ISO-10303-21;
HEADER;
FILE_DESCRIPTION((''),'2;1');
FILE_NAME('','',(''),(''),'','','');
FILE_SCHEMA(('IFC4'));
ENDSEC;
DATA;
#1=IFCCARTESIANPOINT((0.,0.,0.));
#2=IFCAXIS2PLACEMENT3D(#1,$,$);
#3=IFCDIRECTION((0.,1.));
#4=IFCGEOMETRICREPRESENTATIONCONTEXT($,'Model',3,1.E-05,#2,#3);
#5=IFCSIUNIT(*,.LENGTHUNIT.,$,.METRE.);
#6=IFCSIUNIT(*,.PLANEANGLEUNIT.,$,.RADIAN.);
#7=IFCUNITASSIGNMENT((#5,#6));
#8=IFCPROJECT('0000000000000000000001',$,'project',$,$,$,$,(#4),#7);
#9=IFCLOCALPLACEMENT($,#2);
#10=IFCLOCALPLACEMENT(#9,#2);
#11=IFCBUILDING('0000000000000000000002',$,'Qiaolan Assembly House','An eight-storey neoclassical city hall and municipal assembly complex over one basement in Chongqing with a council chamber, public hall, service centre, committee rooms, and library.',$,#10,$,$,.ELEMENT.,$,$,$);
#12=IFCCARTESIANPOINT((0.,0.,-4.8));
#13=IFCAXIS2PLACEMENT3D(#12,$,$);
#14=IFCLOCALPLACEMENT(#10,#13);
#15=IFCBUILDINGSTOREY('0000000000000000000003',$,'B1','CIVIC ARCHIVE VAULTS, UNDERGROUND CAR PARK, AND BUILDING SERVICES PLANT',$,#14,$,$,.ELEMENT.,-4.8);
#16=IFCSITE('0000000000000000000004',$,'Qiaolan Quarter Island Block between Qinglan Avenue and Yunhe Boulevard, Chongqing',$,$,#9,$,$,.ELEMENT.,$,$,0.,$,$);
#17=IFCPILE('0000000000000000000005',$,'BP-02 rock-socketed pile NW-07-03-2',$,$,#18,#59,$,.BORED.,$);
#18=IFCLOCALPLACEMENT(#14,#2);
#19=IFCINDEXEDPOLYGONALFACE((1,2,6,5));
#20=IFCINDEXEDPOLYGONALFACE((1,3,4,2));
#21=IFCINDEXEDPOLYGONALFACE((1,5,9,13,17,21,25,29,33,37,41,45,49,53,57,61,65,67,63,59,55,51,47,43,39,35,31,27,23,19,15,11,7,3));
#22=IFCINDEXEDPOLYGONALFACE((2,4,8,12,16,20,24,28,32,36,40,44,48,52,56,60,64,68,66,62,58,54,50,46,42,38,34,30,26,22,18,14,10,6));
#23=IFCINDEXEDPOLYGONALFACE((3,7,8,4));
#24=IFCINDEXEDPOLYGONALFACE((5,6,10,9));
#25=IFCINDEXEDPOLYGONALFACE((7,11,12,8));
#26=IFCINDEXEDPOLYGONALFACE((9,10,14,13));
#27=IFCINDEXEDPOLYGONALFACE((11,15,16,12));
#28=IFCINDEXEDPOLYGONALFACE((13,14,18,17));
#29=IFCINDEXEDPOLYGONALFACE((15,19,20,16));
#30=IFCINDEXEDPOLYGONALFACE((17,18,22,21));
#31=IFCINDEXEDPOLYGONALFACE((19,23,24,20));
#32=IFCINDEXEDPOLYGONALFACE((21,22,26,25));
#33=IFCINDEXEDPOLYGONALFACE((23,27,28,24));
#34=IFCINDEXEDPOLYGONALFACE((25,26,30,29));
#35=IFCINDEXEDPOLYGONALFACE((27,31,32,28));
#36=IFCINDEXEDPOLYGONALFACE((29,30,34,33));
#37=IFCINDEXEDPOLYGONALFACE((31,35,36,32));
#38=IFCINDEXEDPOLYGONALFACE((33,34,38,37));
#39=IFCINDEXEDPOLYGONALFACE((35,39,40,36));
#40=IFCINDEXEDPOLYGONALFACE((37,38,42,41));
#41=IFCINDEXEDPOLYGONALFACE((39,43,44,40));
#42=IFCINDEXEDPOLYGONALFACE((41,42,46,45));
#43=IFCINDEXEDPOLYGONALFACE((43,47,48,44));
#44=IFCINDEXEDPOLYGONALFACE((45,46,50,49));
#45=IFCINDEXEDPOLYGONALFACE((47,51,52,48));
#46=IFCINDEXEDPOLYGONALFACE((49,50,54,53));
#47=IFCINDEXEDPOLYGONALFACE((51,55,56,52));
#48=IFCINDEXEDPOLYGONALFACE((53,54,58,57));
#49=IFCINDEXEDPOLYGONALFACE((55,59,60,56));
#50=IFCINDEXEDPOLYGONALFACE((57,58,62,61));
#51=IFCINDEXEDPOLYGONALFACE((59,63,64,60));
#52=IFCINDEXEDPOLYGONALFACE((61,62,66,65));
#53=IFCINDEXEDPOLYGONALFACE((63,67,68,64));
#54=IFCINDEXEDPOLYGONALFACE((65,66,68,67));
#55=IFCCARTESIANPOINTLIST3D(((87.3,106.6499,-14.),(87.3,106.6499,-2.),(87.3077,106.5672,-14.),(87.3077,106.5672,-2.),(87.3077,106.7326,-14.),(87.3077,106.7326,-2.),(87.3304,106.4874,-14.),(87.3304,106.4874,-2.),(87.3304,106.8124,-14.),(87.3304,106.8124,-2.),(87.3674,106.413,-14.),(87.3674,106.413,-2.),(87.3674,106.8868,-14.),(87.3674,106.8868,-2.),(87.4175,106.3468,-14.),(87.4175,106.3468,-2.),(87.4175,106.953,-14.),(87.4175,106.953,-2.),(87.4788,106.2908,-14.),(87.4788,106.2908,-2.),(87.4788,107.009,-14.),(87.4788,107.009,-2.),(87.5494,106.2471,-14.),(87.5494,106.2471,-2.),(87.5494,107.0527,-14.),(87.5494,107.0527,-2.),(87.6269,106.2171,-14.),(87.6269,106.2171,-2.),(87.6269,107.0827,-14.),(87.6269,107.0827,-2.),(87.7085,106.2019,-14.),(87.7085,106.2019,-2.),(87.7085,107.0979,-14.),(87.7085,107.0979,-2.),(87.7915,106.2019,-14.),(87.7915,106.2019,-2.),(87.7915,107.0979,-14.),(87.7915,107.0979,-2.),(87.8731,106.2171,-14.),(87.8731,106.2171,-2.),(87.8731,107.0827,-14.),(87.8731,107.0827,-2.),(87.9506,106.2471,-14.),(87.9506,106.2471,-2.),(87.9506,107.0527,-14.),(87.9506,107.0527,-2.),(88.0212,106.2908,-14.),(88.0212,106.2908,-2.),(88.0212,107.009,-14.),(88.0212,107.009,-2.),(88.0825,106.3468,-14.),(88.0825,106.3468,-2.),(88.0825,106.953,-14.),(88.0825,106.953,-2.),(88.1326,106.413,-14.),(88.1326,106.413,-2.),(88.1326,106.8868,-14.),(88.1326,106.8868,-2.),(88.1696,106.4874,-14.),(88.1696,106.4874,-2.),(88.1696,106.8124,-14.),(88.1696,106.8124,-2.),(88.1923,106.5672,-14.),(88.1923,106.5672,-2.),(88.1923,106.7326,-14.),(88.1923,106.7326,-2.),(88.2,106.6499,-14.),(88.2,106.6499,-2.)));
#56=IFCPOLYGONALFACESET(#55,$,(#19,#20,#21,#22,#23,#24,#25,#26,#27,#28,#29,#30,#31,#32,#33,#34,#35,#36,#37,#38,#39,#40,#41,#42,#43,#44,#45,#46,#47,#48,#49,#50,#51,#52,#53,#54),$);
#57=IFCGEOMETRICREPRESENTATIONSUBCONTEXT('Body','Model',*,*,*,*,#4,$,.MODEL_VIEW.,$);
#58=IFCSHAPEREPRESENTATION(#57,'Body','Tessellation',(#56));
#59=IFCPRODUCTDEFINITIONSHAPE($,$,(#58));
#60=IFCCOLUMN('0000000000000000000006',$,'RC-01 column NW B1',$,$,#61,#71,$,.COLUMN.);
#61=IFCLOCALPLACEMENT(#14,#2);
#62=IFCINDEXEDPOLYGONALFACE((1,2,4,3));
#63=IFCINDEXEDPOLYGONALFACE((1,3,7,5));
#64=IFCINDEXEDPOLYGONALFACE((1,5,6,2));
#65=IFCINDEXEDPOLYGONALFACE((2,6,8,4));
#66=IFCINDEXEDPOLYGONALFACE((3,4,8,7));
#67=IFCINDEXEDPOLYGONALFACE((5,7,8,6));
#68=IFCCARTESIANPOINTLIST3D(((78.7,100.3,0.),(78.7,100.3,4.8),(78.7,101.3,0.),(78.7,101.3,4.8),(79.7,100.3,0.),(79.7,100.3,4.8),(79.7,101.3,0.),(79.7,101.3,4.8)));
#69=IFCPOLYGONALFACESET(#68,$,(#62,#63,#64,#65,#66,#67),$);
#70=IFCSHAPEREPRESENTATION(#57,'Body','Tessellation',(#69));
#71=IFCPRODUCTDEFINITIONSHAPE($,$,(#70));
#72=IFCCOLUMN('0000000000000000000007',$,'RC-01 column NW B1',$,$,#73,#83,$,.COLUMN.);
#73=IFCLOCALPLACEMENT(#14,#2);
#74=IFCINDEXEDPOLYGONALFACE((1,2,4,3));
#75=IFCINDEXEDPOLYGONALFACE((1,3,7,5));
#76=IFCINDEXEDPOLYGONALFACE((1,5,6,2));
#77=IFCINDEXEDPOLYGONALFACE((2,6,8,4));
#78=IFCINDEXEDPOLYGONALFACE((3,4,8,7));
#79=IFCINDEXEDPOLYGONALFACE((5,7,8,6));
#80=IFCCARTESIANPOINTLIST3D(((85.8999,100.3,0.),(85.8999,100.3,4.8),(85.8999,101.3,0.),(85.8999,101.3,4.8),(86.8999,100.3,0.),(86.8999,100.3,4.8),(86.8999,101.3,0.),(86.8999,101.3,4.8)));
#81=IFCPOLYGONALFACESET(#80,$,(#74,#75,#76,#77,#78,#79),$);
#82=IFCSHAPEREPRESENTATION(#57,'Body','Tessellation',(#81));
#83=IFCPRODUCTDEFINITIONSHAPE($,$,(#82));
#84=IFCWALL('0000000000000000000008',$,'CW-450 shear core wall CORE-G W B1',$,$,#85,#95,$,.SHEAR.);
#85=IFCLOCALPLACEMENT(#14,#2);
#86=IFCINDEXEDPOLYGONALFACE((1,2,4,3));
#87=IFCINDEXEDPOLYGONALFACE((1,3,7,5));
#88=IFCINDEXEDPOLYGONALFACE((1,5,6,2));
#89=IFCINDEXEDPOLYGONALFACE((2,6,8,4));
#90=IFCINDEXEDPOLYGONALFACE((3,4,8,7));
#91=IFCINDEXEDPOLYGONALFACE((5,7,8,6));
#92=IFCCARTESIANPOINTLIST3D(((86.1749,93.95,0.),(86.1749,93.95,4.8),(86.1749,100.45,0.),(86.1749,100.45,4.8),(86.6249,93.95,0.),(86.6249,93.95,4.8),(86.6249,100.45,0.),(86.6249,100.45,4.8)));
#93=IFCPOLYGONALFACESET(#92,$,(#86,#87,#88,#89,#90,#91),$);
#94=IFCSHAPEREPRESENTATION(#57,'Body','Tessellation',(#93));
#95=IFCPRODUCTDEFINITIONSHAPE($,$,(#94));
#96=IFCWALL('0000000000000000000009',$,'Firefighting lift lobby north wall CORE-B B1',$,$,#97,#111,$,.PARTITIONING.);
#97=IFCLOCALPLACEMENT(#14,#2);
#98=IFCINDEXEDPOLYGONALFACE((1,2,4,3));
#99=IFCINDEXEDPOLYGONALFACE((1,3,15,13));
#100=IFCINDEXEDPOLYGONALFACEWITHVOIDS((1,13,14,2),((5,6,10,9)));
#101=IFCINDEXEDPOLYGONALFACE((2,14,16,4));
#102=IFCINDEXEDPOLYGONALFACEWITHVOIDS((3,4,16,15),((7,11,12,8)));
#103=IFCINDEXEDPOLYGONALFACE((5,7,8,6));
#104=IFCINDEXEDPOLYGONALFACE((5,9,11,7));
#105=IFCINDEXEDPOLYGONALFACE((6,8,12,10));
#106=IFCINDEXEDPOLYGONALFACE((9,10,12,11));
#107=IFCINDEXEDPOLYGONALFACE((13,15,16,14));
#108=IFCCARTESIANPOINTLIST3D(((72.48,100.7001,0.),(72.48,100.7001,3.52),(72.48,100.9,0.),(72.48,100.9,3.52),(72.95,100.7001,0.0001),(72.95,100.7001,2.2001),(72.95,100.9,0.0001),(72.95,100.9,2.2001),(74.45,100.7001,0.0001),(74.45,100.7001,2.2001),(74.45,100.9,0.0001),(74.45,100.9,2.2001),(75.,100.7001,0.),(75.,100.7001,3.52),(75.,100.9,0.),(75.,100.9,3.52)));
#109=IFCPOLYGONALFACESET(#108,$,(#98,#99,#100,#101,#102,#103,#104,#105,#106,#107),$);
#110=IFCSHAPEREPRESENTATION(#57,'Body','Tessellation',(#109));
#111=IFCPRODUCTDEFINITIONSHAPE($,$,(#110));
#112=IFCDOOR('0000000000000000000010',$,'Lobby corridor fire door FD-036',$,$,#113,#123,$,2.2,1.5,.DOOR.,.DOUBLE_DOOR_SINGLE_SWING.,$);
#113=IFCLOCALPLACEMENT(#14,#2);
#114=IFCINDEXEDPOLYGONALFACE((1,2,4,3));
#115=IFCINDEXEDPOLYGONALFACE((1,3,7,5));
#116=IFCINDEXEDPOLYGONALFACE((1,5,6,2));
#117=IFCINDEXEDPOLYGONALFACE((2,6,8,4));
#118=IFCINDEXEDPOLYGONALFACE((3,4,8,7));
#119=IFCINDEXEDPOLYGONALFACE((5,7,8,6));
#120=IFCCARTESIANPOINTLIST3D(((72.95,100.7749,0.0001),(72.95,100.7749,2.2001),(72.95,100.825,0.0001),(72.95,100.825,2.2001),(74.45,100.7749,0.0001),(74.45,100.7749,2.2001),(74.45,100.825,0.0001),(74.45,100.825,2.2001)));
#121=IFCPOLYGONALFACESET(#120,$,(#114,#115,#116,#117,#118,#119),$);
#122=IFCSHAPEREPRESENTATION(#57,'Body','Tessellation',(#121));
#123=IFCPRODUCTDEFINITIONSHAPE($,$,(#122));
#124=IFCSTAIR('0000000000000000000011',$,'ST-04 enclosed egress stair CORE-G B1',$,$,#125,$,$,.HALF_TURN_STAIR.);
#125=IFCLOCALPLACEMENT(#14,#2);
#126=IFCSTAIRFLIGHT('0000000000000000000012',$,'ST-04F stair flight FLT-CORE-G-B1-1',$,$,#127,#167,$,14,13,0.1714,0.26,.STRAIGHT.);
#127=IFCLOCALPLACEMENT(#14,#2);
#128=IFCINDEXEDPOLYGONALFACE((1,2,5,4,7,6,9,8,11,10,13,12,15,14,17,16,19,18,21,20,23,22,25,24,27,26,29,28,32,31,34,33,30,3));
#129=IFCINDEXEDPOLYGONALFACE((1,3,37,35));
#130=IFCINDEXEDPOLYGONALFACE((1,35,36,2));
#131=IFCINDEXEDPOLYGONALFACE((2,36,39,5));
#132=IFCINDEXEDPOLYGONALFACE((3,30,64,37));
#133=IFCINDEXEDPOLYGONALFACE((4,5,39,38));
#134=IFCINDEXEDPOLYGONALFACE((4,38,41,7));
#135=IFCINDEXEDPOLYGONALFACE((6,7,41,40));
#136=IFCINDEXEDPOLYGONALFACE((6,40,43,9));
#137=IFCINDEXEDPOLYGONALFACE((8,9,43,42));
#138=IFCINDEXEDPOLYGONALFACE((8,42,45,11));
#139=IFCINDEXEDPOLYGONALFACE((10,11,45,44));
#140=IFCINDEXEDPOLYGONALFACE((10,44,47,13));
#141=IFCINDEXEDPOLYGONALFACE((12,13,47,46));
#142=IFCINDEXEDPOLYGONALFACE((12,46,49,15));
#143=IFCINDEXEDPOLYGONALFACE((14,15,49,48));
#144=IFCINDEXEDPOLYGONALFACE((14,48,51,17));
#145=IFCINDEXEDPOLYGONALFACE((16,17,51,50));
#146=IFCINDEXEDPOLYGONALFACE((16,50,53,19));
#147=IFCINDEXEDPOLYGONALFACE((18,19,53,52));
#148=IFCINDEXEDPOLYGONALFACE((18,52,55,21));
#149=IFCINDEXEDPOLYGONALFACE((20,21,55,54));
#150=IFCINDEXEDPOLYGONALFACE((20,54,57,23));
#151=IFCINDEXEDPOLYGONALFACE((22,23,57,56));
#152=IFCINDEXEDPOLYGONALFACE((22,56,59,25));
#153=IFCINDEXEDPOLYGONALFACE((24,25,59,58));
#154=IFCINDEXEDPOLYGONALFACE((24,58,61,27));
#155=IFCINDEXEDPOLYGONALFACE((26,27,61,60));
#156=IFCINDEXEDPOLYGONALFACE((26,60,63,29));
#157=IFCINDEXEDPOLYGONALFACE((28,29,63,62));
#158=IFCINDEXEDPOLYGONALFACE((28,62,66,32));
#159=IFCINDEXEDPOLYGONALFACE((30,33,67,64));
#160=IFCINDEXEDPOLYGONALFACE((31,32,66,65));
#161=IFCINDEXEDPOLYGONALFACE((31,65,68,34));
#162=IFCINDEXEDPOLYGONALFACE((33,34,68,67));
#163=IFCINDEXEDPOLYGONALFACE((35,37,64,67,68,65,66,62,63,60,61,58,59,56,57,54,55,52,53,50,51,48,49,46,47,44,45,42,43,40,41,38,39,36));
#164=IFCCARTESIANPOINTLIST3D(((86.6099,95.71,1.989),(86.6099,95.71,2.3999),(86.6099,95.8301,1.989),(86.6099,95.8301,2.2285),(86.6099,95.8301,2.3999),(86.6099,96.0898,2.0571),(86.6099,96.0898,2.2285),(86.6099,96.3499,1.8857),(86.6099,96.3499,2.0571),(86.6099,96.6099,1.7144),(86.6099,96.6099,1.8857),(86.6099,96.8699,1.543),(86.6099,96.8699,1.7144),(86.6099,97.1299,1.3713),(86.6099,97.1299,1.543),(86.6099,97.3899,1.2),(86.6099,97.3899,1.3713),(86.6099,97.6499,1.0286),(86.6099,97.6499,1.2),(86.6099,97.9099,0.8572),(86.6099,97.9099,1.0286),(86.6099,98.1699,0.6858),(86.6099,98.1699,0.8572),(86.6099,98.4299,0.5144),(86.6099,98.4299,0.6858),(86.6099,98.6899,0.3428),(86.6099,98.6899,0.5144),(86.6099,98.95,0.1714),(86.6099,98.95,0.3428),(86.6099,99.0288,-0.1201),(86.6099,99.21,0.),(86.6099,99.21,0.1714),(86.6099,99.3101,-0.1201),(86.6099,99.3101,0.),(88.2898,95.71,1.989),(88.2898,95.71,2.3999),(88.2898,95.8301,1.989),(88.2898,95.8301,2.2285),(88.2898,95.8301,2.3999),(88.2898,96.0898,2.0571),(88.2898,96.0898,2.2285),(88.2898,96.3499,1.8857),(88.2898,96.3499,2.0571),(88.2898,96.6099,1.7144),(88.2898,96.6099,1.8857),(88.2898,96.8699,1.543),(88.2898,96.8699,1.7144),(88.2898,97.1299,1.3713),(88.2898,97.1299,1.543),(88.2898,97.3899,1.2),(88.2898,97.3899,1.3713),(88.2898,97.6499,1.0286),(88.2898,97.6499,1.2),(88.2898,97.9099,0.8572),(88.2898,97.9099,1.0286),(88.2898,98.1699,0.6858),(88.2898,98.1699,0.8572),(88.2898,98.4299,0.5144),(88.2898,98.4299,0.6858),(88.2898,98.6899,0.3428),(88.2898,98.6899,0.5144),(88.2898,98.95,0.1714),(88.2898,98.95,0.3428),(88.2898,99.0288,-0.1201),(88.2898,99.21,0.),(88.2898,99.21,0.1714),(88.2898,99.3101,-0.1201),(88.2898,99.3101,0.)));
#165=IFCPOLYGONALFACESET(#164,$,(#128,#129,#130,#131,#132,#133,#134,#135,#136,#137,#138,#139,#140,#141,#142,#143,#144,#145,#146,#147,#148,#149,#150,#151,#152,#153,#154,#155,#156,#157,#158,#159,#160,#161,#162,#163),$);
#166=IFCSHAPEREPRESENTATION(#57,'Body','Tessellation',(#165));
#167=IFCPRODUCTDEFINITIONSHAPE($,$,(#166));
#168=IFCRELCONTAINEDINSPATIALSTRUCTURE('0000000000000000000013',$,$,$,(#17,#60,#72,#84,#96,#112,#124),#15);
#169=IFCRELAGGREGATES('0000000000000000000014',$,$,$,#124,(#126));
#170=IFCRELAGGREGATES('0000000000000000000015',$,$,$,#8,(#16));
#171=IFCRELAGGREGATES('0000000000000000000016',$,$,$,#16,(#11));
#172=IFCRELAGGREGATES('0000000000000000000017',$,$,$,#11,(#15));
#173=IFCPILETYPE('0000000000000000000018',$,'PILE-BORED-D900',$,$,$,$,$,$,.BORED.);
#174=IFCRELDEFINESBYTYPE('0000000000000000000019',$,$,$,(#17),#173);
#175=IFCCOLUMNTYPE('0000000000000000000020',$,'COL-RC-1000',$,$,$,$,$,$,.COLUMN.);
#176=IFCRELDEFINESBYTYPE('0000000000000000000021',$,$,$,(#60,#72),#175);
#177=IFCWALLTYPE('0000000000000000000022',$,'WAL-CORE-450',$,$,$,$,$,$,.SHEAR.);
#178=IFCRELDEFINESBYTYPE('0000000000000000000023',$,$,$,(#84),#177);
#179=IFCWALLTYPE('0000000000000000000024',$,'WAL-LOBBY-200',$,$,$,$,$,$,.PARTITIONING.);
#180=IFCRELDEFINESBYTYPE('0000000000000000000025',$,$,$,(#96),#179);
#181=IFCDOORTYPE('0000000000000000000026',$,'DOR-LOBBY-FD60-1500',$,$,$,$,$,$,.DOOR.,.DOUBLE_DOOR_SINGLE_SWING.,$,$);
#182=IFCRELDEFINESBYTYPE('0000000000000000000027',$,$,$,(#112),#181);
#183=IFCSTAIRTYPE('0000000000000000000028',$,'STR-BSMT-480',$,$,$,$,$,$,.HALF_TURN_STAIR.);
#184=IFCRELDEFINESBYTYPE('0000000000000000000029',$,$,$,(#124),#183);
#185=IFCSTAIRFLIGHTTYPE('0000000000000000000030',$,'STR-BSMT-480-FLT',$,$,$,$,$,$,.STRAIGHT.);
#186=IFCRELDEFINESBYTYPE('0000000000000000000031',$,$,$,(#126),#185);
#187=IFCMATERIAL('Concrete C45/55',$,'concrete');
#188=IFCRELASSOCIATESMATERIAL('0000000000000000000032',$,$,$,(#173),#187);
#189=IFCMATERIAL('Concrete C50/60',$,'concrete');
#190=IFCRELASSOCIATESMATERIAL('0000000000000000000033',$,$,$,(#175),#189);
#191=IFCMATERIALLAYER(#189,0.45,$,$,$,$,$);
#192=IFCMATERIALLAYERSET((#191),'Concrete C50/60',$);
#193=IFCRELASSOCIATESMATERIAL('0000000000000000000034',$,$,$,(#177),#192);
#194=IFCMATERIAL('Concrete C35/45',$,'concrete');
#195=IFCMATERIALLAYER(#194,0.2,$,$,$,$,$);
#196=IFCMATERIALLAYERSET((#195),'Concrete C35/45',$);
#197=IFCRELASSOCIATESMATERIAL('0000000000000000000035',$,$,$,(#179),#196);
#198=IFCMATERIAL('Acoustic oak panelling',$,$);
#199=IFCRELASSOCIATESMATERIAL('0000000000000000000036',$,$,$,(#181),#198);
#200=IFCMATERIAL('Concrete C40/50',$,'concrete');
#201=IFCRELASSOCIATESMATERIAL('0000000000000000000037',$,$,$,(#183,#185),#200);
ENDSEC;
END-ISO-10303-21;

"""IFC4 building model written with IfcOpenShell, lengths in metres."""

from ifc_helpers import new_model, si_unit, direction, frame, frame_2d, origin, origin_2d, place, context, subcontext, project, spatial, polyline, rectangle, circle, outline, extrude, material, layer, layer_set, material_profile, profile_set, type_object, element, fill, aggregate, save


model = new_model("IFC4")

# Units and contexts
model_context = context("Model", 3, precision=1e-05, world=origin(), true_north=direction((0.0, 1.0)))
body_context = subcontext(model_context, "Body", "Model", "MODEL_VIEW")
ifc_project = project(units=[si_unit("LENGTHUNIT", "METRE"), si_unit("PLANEANGLEUNIT", "RADIAN")], contexts=[model_context])

# Site, building, storey
site_placement = place(None, origin())
site = spatial("IfcSite", under=ifc_project, at=site_placement, Name="Qiaolan Quarter Island Block between Qinglan Avenue and Yunhe Boulevard, Chongqing", CompositionType="ELEMENT", RefElevation=0.0)
building_placement = place(site_placement, origin())
building = spatial("IfcBuilding", under=site, at=building_placement, Name="Qiaolan Assembly House", Description="An eight-storey neoclassical city hall and municipal assembly complex over one basement in Chongqing with a council chamber, public hall, service centre, committee rooms, and library.", CompositionType="ELEMENT")
storey_placement = place(building_placement, frame((0.0, 0.0, -4.8)))
storey = spatial("IfcBuildingStorey", under=building, at=storey_placement, Name="B1", Description="CIVIC ARCHIVE VAULTS, UNDERGROUND CAR PARK, AND BUILDING SERVICES PLANT", CompositionType="ELEMENT", Elevation=-4.8)

# Shared definitions
ifc_material_1 = material(Name="Concrete C40/50", Category="concrete")

# Pile
ifc_material_2 = material(Name="Concrete C45/55", Category="concrete")
ifc_material_profile_1 = material_profile(ifc_material_2, circle(Radius=0.45, at=origin_2d()), Name="PILE D900")
ifc_profile_set_1 = profile_set([ifc_material_profile_1], Name="Concrete C45/55")
pile_type_1 = type_object("IfcPileType", Name="PILE-BORED-D900", PredefinedType="BORED", material=ifc_profile_set_1)
for number, where, z_axis, x_axis, name in (
    (1, (87.75, 106.6499, -2.0), (0.0, 0.0, -1.0), (1.0, 0.0, 0.0), "BP-02 rock-socketed pile NW-07-03-2"),
):
    element("IfcPile", number, at=place(storey_placement, frame(where, z_axis=z_axis, x_axis=x_axis)), inside=storey, type_object=pile_type_1, Name=name, PredefinedType="BORED", context=body_context, shape_type="SweptSolid", body=[
        extrude(circle(Radius=0.45, at=origin_2d()), origin(), (0.0, 0.0, 1.0), 12.0),
    ])

# Columns
ifc_material_3 = material(Name="Concrete C50/60", Category="concrete")
ifc_material_profile_2 = material_profile(ifc_material_3, rectangle(XDim=1.0, YDim=1.0, at=origin_2d()), Name="RC 1000x1000")
ifc_profile_set_2 = profile_set([ifc_material_profile_2], Name="Concrete C50/60")
column_type = type_object("IfcColumnType", Name="COL-RC-1000", PredefinedType="COLUMN", material=ifc_profile_set_2)
for number, where, z_axis, x_axis, name in (
    (2, (79.2, 100.8, 0.0), (0.0, 0.0, 1.0), (1.0, 0.0, 0.0), "RC-01 column NW B1"),
    (3, (86.3999, 100.8, 0.0), (0.0, 0.0, 1.0), (1.0, 0.0, 0.0), "RC-01 column NW B1"),
):
    element("IfcColumn", number, at=place(storey_placement, frame(where, z_axis=z_axis, x_axis=x_axis)), inside=storey, type_object=column_type, Name=name, PredefinedType="COLUMN", context=body_context, shape_type="SweptSolid", body=[
        extrude(rectangle(XDim=1.0, YDim=1.0, at=origin_2d()), origin(), (0.0, 0.0, 1.0), 4.8),
    ])

# Wall
ifc_layer_1 = layer(ifc_material_3, 0.45)
ifc_layer_set_1 = layer_set([ifc_layer_1], Name="Concrete C50/60")
wall_type_1 = type_object("IfcWallType", Name="WAL-CORE-450", PredefinedType="SHEAR", material=ifc_layer_set_1)
wall_1_placement = place(storey_placement, frame((86.3999, 100.45, 0.0), z_axis=(0.0, 0.0, 1.0), x_axis=(0.0, -1.0, 0.0)))
element("IfcWall", 4, at=wall_1_placement, inside=storey, type_object=wall_type_1, Name="CW-450 shear core wall CORE-G W B1", PredefinedType="SHEAR", context=body_context, shape_type="SweptSolid", body=[
    extrude(rectangle(XDim=6.5, YDim=0.45, at=frame_2d((3.25, 0.0))), origin(), (0.0, 0.0, 1.0), 4.8),
])

# Wall, opening, door
ifc_material_4 = material(Name="Concrete C35/45", Category="concrete")
ifc_layer_2 = layer(ifc_material_4, 0.2)
ifc_layer_set_2 = layer_set([ifc_layer_2], Name="Concrete C35/45")
wall_type_2 = type_object("IfcWallType", Name="WAL-LOBBY-200", PredefinedType="PARTITIONING", material=ifc_layer_set_2)
wall_2_placement = place(storey_placement, frame((75.0, 100.8, 0.0), z_axis=(0.0, 0.0, 1.0), x_axis=(-1.0, 0.0, 0.0)))
wall_2 = element("IfcWall", 5, at=wall_2_placement, inside=storey, type_object=wall_type_2, Name="Firefighting lift lobby north wall CORE-B B1", PredefinedType="PARTITIONING", context=body_context, shape_type="SweptSolid", body=[
    extrude(rectangle(XDim=2.52, YDim=0.2, at=frame_2d((1.26, 0.0))), origin(), (0.0, 0.0, 1.0), 3.52),
])
opening_placement = place(wall_2_placement, frame((0.55, 0.0, 0.0)))
opening = element("IfcOpeningElement", 6, at=opening_placement, cuts=wall_2, PredefinedType="OPENING", context=body_context, shape_type="SweptSolid", body=[
    extrude(rectangle(XDim=1.5, YDim=2.2, at=frame_2d((0.75, 1.1001))), frame((0.0, 0.1099, 0.0), z_axis=(0.0, -1.0, 0.0), x_axis=(1.0, 0.0, 0.0)), (0.0, 0.0, 1.0), 0.22),
])
ifc_material_5 = material(Name="Acoustic oak panelling")
door_type = type_object("IfcDoorType", Name="DOR-LOBBY-FD60-1500", OperationType="DOUBLE_DOOR_SINGLE_SWING", PredefinedType="DOOR", material=ifc_material_5)
door_placement = place(opening_placement, frame((1.5, 0.0, 0.0), z_axis=(0.0, 0.0, 1.0), x_axis=(-1.0, 0.0, 0.0)))
door = element("IfcDoor", 7, at=door_placement, inside=storey, type_object=door_type, Name="Lobby corridor fire door FD-036", OperationType="DOUBLE_DOOR_SINGLE_SWING", OverallHeight=2.2, OverallWidth=1.5, PredefinedType="DOOR", context=body_context, shape_type="SweptSolid", body=[
    extrude(rectangle(XDim=1.5, YDim=2.2, at=frame_2d((0.75, 1.1001))), frame((0.0, 0.0249, 0.0), z_axis=(0.0, -1.0, 0.0), x_axis=(1.0, 0.0, 0.0)), (0.0, 0.0, 1.0), 0.05),
])
fill(opening, door)

# Stair, stair flight
stair_type = type_object("IfcStairType", Name="STR-BSMT-480", PredefinedType="HALF_TURN_STAIR", material=ifc_material_1)
stair_placement = place(storey_placement, origin())
stair = element("IfcStair", 8, at=stair_placement, inside=storey, type_object=stair_type, Name="ST-04 enclosed egress stair CORE-G B1", PredefinedType="HALF_TURN_STAIR")
stair_flight_type = type_object("IfcStairFlightType", Name="STR-BSMT-480-FLT", PredefinedType="STRAIGHT", material=ifc_material_1)
stair_flight_placement = place(storey_placement, frame((87.45, 99.21, 0.0), z_axis=(0.0, 0.0, 1.0), x_axis=(0.0, -1.0, 0.0)))
stair_flight = element("IfcStairFlight", 9, at=stair_flight_placement, type_object=stair_flight_type, Name="ST-04F stair flight FLT-CORE-G-B1-1", NumberOfRisers=14, NumberOfTreads=13, PredefinedType="STRAIGHT", RiserHeight=0.1714, TreadLength=0.26, context=body_context, shape_type="SweptSolid", body=[
    extrude(outline(polyline([(-0.1001, -0.1201), (-0.1001, 0.0), (0.0, 0.0), (0.0, 0.1714), (0.26, 0.1714), (0.26, 0.3428), (0.52, 0.3428), (0.52, 0.5144), (0.78, 0.5144), (0.78, 0.6858), (1.04, 0.6858), (1.04, 0.8572), (1.3, 0.8572), (1.3, 1.0286), (1.5601, 1.0286), (1.5601, 1.2), (1.8201, 1.2), (1.8201, 1.3713), (2.0801, 1.3713), (2.0801, 1.543), (2.3401, 1.543), (2.3401, 1.7144), (2.6001, 1.7144), (2.6001, 1.8857), (2.8601, 1.8857), (2.8601, 2.0571), (3.1201, 2.0571), (3.1201, 2.2285), (3.3799, 2.2285), (3.3799, 2.3999), (3.5, 2.3999), (3.5, 1.989), (3.3799, 1.989), (0.1812, -0.1201), (-0.1001, -0.1201)])), frame((0.0, 0.8398, 0.0), z_axis=(0.0, -1.0, 0.0), x_axis=(1.0, 0.0, 0.0)), (0.0, 0.0, 1.0), 1.6799),
])
aggregate(stair, [stair_flight])

save(model, "model.ifc")
